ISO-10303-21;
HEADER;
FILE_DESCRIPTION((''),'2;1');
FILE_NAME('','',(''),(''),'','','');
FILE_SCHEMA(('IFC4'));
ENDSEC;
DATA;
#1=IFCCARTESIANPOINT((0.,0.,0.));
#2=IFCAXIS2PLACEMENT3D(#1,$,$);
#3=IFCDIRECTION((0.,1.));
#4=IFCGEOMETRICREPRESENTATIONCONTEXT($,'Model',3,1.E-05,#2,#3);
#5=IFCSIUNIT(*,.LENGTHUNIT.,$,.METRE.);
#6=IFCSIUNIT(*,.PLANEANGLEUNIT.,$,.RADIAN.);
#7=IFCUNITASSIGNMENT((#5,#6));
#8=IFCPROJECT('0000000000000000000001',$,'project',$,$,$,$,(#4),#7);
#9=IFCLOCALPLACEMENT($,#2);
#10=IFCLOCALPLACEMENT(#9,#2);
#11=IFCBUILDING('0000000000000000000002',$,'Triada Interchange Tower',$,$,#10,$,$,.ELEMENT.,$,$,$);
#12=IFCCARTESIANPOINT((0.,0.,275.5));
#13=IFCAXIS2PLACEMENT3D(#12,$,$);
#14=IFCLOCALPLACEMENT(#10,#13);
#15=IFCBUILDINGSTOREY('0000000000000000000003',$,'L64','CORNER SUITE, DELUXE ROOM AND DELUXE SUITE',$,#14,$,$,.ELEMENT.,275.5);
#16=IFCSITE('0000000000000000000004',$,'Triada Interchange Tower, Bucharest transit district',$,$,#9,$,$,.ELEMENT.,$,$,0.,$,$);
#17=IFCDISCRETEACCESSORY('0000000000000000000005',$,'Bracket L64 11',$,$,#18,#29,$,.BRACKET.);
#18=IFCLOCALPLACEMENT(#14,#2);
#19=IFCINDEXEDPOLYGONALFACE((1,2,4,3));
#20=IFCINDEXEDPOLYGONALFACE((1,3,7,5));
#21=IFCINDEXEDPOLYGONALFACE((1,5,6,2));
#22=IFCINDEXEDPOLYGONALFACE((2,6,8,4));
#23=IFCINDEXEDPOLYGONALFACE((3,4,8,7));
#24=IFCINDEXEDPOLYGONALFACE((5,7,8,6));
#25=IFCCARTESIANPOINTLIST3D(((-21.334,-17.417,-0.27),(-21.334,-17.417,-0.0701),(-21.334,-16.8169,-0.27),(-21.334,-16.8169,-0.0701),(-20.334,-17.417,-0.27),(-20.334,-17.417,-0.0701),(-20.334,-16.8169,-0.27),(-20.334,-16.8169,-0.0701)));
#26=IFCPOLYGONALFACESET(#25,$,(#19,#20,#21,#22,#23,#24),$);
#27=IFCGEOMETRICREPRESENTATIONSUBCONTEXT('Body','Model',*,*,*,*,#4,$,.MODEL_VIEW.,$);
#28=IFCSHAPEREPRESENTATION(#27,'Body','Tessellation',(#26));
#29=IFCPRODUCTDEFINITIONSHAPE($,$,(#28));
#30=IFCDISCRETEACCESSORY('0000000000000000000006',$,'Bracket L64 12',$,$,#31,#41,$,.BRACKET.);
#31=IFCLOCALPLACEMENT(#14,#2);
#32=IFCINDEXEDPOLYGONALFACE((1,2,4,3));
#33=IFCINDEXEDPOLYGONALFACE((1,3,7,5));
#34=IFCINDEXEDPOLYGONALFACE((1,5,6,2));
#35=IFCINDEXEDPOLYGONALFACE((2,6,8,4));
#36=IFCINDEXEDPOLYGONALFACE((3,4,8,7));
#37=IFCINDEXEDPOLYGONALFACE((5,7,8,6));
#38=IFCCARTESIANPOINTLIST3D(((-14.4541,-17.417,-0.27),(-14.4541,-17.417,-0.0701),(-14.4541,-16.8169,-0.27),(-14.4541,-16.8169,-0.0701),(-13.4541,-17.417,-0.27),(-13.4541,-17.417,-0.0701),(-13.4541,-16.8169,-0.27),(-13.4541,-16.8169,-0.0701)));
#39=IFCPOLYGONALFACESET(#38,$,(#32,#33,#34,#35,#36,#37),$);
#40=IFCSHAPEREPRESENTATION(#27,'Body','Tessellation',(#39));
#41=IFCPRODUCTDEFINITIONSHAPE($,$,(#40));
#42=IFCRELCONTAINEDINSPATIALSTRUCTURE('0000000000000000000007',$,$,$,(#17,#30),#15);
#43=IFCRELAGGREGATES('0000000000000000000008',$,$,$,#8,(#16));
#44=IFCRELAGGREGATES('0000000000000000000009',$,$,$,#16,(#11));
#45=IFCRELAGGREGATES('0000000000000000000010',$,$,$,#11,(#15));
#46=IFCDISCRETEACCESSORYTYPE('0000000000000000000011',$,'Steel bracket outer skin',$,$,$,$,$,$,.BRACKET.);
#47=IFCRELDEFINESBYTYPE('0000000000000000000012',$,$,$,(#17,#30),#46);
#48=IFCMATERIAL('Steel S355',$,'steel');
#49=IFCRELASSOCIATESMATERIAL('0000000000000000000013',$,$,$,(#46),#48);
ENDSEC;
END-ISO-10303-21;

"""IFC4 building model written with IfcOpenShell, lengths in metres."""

from ifc_helpers import new_model, si_unit, direction, frame, origin, origin_2d, place, context, subcontext, project, spatial, rectangle, extrude, material, type_object, element, save


model = new_model("IFC4")

# Units and contexts
model_context = context("Model", 3, precision=1e-05, world=origin(), true_north=direction((0.0, 1.0)))
body_context = subcontext(model_context, "Body", "Model", "MODEL_VIEW")
ifc_project = project(units=[si_unit("LENGTHUNIT", "METRE"), si_unit("PLANEANGLEUNIT", "RADIAN")], contexts=[model_context])

# Site, building, storey
site_placement = place(None, origin())
site = spatial("IfcSite", under=ifc_project, at=site_placement, Name="Triada Interchange Tower, Bucharest transit district", CompositionType="ELEMENT", RefElevation=0.0)
building_placement = place(site_placement, origin())
building = spatial("IfcBuilding", under=site, at=building_placement, Name="Triada Interchange Tower", CompositionType="ELEMENT")
storey_placement = place(building_placement, frame((0.0, 0.0, 275.5)))
storey = spatial("IfcBuildingStorey", under=building, at=storey_placement, Name="L64", Description="CORNER SUITE, DELUXE ROOM AND DELUXE SUITE", CompositionType="ELEMENT", Elevation=275.5)

# Discrete accessories
ifc_material_1 = material(Name="Steel S355", Category="steel")
discrete_accessory_type = type_object("IfcDiscreteAccessoryType", Name="Steel bracket outer skin", PredefinedType="BRACKET", material=ifc_material_1)
for number, where, z_axis, x_axis, name in (
    (1, (-20.834, -17.1169, -0.27), (0.0, 0.0, 1.0), (0.0, -1.0, 0.0), "Bracket L64 11"),
    (2, (-13.9541, -17.1169, -0.27), (0.0, 0.0, 1.0), (0.0, -1.0, 0.0), "Bracket L64 12"),
):
    element("IfcDiscreteAccessory", number, at=place(storey_placement, frame(where, z_axis=z_axis, x_axis=x_axis)), inside=storey, type_object=discrete_accessory_type, Name=name, PredefinedType="BRACKET", context=body_context, shape_type="SweptSolid", body=[
        extrude(rectangle(XDim=0.6001, YDim=1.0, at=origin_2d()), origin(), (0.0, 0.0, 1.0), 0.2),
    ])

save(model, "model.ifc")
